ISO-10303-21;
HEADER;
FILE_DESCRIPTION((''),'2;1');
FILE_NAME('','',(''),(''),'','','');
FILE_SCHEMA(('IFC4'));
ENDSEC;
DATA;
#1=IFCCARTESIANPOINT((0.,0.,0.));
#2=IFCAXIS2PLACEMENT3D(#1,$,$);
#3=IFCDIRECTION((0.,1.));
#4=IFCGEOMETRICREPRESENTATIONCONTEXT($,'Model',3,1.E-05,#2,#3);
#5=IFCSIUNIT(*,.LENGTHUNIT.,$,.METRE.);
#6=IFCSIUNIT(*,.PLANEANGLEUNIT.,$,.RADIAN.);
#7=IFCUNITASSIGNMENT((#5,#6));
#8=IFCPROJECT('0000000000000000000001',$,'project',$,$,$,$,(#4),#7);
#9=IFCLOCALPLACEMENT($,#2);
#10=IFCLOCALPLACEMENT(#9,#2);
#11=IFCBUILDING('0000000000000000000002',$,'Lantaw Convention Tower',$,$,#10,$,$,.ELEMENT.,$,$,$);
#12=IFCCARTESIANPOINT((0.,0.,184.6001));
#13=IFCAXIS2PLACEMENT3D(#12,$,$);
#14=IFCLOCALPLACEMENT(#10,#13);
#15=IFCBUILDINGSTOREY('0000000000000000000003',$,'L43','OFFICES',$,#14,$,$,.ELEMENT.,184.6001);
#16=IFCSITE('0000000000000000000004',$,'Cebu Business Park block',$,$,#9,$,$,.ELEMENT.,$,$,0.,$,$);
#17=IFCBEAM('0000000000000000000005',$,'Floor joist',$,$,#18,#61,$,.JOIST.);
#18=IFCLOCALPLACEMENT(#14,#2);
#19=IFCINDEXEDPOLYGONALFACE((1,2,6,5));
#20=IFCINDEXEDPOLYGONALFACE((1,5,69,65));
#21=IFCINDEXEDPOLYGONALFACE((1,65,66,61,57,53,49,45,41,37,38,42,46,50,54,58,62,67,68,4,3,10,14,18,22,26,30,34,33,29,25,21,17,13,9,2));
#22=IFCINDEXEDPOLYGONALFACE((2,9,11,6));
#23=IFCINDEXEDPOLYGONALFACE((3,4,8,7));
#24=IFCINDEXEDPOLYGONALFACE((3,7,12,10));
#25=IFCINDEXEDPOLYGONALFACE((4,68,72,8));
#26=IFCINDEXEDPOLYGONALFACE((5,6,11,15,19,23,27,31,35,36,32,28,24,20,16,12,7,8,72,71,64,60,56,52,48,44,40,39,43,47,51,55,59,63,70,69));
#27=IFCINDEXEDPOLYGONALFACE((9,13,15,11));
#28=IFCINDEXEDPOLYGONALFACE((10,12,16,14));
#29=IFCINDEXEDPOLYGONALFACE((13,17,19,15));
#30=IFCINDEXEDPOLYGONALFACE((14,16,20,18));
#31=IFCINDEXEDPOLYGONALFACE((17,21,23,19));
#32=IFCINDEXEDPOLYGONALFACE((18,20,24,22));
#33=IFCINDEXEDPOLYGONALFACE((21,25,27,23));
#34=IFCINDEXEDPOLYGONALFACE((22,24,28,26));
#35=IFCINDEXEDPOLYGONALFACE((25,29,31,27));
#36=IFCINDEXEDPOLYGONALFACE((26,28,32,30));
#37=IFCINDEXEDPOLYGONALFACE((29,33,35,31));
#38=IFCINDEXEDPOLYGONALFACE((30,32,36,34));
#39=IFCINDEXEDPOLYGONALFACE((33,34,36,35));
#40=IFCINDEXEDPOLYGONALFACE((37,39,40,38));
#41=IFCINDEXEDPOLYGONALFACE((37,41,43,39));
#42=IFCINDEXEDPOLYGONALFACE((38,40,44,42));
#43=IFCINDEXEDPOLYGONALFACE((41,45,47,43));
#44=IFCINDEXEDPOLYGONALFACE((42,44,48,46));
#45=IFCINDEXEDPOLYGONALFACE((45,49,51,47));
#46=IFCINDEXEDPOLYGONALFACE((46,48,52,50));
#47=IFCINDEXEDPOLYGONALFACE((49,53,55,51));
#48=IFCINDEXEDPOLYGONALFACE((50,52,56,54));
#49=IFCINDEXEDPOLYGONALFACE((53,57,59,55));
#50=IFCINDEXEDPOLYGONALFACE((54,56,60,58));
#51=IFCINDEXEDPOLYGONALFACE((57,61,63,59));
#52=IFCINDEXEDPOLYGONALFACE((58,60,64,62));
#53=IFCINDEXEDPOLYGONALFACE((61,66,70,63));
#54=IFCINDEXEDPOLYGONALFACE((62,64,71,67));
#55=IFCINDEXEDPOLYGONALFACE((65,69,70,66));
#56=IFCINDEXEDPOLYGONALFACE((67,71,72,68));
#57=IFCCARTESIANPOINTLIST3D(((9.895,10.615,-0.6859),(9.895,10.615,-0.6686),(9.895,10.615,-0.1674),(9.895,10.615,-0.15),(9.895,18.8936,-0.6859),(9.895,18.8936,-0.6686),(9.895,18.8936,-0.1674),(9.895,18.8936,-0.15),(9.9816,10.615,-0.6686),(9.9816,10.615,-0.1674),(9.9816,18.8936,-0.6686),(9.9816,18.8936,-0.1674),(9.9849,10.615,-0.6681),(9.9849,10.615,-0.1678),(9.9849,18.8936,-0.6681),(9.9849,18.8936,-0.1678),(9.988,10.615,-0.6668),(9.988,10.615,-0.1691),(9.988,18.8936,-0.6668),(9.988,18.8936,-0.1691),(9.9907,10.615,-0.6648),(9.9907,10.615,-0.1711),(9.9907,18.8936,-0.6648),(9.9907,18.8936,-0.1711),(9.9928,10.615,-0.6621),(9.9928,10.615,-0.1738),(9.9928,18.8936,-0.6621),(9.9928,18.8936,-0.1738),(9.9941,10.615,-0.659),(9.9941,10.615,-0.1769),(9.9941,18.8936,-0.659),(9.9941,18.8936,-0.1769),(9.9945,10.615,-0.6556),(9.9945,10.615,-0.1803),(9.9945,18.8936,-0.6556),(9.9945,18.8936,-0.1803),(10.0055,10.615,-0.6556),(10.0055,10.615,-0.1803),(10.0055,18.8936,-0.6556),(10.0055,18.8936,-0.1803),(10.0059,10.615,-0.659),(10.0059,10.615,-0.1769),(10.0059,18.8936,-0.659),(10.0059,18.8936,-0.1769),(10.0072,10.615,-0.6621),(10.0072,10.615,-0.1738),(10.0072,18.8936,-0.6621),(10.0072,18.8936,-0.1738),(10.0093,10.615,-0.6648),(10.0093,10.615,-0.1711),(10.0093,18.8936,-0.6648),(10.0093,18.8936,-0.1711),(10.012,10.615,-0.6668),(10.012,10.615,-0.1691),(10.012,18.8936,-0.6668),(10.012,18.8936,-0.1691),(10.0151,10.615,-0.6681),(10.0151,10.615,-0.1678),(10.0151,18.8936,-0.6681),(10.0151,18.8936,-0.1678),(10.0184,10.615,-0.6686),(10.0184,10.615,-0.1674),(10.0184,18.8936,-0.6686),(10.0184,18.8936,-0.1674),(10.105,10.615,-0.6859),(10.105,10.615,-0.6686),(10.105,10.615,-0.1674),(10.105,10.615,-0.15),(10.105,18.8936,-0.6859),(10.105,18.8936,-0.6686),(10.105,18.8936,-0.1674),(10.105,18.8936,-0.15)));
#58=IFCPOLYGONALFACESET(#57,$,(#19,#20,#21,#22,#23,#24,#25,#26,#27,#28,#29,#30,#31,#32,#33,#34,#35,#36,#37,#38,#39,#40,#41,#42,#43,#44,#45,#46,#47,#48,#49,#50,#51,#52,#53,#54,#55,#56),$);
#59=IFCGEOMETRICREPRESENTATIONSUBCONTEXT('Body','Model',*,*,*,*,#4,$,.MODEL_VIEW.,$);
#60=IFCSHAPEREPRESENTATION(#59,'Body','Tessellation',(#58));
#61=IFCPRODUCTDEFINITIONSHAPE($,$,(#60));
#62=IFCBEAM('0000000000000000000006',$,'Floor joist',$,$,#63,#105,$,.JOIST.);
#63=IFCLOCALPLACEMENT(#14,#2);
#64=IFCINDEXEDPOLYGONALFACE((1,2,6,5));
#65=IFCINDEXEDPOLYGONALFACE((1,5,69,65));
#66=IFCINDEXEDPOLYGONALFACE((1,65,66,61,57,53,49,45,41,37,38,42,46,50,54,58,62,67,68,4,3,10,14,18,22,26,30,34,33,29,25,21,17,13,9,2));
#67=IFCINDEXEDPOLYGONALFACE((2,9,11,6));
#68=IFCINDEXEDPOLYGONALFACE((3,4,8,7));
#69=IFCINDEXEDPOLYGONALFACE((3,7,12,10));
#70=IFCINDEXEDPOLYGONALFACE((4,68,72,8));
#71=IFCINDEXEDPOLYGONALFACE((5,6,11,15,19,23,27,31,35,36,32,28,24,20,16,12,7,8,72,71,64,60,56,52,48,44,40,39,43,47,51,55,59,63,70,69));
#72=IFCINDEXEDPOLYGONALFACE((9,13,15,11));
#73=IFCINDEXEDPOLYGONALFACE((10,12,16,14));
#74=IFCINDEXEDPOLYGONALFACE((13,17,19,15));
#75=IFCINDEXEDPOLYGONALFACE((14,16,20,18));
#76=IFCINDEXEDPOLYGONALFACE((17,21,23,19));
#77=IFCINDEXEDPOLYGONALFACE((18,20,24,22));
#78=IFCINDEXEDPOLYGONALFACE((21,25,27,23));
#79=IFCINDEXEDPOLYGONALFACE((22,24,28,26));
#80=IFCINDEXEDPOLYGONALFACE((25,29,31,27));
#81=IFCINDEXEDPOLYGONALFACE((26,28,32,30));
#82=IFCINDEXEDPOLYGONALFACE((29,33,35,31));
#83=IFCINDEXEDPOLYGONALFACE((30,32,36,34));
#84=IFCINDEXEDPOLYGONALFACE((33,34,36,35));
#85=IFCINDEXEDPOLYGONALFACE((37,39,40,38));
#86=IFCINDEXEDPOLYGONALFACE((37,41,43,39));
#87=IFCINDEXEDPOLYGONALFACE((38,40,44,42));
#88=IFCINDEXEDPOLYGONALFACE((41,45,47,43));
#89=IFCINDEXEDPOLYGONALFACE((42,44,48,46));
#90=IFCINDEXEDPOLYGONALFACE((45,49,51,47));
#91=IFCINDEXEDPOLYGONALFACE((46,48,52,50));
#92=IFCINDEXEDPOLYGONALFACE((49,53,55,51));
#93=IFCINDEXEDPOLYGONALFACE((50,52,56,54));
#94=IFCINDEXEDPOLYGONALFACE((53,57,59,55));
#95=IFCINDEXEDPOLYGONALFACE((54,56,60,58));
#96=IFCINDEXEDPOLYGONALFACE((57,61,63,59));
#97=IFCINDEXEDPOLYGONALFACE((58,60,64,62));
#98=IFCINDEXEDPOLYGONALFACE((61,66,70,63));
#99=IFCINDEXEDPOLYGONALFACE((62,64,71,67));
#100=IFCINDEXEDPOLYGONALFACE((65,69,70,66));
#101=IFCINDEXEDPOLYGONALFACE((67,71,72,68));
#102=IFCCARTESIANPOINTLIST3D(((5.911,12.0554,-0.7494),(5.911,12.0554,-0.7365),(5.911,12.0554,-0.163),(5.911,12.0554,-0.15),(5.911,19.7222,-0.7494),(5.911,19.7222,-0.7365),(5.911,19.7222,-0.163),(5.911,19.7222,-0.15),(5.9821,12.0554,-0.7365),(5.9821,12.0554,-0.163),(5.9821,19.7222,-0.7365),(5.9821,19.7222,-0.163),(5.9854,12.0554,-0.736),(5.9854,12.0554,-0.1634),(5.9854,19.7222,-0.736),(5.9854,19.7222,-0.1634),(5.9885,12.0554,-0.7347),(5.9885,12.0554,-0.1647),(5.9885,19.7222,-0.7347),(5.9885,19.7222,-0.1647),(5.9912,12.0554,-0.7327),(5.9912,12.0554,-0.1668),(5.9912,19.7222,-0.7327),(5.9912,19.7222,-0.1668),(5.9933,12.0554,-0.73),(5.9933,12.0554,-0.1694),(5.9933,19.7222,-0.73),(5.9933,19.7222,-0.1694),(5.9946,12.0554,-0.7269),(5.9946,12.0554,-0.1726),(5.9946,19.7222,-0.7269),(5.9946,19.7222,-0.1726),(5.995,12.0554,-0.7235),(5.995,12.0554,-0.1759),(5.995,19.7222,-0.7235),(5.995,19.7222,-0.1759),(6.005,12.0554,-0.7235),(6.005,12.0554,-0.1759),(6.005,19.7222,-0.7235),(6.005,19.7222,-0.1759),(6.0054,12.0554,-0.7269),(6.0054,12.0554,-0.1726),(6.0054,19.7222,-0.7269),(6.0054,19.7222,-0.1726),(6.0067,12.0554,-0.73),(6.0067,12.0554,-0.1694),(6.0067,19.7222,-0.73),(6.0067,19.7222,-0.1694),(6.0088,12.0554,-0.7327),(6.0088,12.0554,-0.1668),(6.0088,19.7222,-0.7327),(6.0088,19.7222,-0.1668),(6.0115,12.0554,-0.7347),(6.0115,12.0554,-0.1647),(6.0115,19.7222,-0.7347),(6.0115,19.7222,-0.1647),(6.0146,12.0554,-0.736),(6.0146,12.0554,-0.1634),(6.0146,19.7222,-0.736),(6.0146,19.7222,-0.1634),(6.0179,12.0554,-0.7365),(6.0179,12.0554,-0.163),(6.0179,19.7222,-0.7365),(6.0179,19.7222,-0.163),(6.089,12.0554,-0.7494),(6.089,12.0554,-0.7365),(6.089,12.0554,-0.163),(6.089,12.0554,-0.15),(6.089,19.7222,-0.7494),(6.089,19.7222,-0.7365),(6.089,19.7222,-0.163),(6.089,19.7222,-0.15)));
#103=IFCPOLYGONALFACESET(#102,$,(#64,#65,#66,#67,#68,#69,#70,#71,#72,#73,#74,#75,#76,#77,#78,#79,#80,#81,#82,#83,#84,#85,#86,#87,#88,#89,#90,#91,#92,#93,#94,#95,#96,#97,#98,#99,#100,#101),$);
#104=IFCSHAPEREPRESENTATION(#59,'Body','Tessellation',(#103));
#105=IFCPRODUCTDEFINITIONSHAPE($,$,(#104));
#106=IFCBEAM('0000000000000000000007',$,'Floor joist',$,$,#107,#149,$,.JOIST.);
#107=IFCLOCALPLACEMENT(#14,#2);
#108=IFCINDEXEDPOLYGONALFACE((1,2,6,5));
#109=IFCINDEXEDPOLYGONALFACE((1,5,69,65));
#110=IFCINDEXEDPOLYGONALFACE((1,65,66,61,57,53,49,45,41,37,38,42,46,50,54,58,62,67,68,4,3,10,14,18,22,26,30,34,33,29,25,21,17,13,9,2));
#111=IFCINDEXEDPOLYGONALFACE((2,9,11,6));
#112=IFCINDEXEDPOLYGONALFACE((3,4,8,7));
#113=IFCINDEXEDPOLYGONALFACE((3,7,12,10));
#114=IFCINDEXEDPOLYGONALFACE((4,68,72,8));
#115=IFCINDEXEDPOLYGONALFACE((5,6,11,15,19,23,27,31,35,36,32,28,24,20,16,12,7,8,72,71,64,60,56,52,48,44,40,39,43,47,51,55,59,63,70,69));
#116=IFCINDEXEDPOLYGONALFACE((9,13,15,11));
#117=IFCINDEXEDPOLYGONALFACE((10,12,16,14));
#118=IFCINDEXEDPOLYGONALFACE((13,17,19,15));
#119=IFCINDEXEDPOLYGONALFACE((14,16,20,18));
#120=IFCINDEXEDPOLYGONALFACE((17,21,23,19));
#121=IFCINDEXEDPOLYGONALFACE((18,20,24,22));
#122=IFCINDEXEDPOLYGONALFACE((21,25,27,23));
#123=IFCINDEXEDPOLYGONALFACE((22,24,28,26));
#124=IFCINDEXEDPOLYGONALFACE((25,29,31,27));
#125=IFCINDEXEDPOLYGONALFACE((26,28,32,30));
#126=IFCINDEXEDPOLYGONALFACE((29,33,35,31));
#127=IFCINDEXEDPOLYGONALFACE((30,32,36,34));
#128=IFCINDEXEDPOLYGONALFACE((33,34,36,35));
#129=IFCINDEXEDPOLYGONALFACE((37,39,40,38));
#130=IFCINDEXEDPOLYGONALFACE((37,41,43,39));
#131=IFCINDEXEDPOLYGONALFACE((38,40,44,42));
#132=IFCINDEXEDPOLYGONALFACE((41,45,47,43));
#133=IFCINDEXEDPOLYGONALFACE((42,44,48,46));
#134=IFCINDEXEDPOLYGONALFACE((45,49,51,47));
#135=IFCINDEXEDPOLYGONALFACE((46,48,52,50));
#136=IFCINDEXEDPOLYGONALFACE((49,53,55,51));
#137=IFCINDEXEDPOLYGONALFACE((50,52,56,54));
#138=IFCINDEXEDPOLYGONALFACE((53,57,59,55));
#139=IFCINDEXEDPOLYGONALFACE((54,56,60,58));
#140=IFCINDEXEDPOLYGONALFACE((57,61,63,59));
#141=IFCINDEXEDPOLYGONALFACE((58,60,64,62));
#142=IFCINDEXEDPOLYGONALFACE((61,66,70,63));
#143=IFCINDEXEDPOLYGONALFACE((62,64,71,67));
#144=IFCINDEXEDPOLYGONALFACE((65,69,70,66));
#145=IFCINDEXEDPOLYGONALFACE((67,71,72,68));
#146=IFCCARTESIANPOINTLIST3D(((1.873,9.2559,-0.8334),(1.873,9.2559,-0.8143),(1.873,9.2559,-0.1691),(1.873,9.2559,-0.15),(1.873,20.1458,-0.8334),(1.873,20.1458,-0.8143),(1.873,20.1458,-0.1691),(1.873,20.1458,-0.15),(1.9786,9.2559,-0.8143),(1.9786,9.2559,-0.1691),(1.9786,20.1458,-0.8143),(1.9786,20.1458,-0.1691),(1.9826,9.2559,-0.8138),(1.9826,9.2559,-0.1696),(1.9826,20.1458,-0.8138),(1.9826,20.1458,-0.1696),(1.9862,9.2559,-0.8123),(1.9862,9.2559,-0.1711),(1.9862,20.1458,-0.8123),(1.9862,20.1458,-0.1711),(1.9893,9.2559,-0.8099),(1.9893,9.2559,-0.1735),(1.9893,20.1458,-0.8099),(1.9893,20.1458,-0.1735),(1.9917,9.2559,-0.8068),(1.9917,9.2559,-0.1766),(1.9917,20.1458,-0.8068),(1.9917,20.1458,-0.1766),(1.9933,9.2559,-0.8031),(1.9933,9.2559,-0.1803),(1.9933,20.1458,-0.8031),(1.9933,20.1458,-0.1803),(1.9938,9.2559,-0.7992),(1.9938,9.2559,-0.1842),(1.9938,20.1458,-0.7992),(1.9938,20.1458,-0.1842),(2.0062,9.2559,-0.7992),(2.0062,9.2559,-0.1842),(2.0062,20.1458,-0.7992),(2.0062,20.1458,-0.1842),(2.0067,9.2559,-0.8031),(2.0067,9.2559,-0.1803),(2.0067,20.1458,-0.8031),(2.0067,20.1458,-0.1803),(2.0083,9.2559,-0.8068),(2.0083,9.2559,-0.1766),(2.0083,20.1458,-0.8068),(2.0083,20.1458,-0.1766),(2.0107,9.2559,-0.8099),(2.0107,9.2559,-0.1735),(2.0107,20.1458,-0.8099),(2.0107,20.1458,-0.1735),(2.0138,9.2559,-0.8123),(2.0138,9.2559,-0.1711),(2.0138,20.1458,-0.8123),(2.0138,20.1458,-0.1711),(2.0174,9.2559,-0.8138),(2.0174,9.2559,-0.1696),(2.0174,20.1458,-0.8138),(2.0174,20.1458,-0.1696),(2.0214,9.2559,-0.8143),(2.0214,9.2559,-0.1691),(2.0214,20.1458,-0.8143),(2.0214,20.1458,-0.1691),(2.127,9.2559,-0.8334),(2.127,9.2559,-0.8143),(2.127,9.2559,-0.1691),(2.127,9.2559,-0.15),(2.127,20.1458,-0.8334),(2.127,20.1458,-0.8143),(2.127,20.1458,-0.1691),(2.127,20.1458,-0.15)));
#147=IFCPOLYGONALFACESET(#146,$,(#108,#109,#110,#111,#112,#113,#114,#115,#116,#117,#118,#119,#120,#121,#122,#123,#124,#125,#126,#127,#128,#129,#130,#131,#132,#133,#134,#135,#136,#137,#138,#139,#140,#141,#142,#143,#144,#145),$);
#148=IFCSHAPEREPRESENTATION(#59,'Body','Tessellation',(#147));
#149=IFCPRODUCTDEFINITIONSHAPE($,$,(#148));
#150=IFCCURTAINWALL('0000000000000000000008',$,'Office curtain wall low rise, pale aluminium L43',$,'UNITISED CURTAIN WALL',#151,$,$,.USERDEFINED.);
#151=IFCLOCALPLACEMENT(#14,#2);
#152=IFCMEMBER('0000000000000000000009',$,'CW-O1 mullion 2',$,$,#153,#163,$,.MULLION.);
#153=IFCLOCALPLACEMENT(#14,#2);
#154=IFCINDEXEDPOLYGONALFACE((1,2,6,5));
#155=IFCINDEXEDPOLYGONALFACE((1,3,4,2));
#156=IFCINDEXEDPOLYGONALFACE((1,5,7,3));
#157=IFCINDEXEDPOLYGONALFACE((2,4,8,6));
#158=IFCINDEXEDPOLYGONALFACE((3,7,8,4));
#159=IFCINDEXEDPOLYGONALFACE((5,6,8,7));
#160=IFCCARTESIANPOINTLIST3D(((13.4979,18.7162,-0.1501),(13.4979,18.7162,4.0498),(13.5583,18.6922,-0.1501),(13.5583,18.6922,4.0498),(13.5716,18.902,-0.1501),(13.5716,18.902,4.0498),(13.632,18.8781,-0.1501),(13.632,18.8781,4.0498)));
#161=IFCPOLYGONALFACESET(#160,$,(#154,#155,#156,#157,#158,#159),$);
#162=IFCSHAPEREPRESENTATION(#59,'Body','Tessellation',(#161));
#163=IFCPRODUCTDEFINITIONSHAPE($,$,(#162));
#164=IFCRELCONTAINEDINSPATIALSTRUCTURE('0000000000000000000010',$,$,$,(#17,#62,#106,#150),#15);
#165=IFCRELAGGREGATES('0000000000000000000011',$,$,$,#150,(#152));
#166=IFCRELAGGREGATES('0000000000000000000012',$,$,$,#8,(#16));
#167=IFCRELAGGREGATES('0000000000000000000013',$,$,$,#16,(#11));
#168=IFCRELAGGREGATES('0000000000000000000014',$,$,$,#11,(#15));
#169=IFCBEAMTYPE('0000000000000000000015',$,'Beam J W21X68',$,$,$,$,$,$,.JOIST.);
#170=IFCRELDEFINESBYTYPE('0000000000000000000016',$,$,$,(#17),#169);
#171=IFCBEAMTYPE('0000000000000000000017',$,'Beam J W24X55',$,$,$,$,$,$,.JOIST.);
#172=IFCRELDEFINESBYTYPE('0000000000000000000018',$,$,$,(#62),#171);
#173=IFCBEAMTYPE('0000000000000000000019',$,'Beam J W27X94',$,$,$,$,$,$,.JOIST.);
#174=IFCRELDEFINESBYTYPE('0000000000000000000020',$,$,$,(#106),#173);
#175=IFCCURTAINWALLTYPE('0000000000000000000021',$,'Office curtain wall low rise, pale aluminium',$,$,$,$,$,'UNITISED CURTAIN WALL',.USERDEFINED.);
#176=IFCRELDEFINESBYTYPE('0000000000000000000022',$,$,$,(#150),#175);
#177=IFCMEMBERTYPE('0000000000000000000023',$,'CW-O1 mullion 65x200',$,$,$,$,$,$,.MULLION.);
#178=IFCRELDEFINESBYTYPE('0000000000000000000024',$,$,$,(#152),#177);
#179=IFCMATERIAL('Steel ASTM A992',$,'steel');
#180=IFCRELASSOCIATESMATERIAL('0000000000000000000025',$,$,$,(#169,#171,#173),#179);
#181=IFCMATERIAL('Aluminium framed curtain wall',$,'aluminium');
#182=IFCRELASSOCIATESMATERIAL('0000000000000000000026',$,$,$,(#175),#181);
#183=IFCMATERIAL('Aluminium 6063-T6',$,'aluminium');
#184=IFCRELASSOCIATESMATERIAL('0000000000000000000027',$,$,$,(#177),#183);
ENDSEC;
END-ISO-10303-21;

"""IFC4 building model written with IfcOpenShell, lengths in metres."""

from ifc_helpers import new_model, si_unit, direction, frame, origin, origin_2d, place, context, subcontext, project, spatial, rectangle, i_section, extrude, material, material_profile, profile_set, type_object, element, aggregate, save


model = new_model("IFC4")

# Units and contexts
model_context = context("Model", 3, precision=1e-05, world=origin(), true_north=direction((0.0, 1.0)))
body_context = subcontext(model_context, "Body", "Model", "MODEL_VIEW")
ifc_project = project(units=[si_unit("LENGTHUNIT", "METRE"), si_unit("PLANEANGLEUNIT", "RADIAN")], contexts=[model_context])

# Site, building, storey
site_placement = place(None, origin())
site = spatial("IfcSite", under=ifc_project, at=site_placement, Name="Cebu Business Park block", CompositionType="ELEMENT", RefElevation=0.0)
building_placement = place(site_placement, origin())
building = spatial("IfcBuilding", under=site, at=building_placement, Name="Lantaw Convention Tower", CompositionType="ELEMENT")
storey_placement = place(building_placement, frame((0.0, 0.0, 184.6001)))
storey = spatial("IfcBuildingStorey", under=building, at=storey_placement, Name="L43", Description="OFFICES", CompositionType="ELEMENT", Elevation=184.6001)

# Beams
ifc_material_1 = material(Name="Steel ASTM A992", Category="steel")
ifc_material_profile_1 = material_profile(ifc_material_1, i_section(OverallWidth=0.21, OverallDepth=0.5359, WebThickness=0.011, FlangeThickness=0.0173, FilletRadius=0.0129, at=origin_2d()), Name="W21X68")
ifc_profile_set_1 = profile_set([ifc_material_profile_1], Name="Steel ASTM A992")
beam_type_1 = type_object("IfcBeamType", Name="Beam J W21X68", PredefinedType="JOIST", material=ifc_profile_set_1)
beam_1_placement = place(storey_placement, frame((10.0, 10.615, -0.418), z_axis=(0.0, 1.0, 0.0), x_axis=(-1.0, 0.0, 0.0)))
element("IfcBeam", 1, at=beam_1_placement, inside=storey, type_object=beam_type_1, Name="Floor joist", PredefinedType="JOIST", context=body_context, shape_type="SweptSolid", body=[
    extrude(i_section(OverallWidth=0.21, OverallDepth=0.5359, WebThickness=0.011, FlangeThickness=0.0173, FilletRadius=0.0129, at=origin_2d()), origin(), (0.0, 0.0, 1.0), 8.2786),
])
ifc_material_profile_2 = material_profile(ifc_material_1, i_section(OverallWidth=0.178, OverallDepth=0.5994, WebThickness=0.01, FlangeThickness=0.0129, FilletRadius=0.0129, at=origin_2d()), Name="W24X55")
ifc_profile_set_2 = profile_set([ifc_material_profile_2], Name="Steel ASTM A992")
beam_type_2 = type_object("IfcBeamType", Name="Beam J W24X55", PredefinedType="JOIST", material=ifc_profile_set_2)
beam_2_placement = place(storey_placement, frame((6.0, 12.0554, -0.4497), z_axis=(0.0, 1.0, 0.0), x_axis=(-1.0, 0.0, 0.0)))
element("IfcBeam", 2, at=beam_2_placement, inside=storey, type_object=beam_type_2, Name="Floor joist", PredefinedType="JOIST", context=body_context, shape_type="SweptSolid", body=[
    extrude(i_section(OverallWidth=0.178, OverallDepth=0.5994, WebThickness=0.01, FlangeThickness=0.0129, FilletRadius=0.0129, at=origin_2d()), origin(), (0.0, 0.0, 1.0), 7.6667),
])
ifc_material_profile_3 = material_profile(ifc_material_1, i_section(OverallWidth=0.2539, OverallDepth=0.6833, WebThickness=0.0125, FlangeThickness=0.019, FilletRadius=0.0151, at=origin_2d()), Name="W27X94")
ifc_profile_set_3 = profile_set([ifc_material_profile_3], Name="Steel ASTM A992")
beam_type_3 = type_object("IfcBeamType", Name="Beam J W27X94", PredefinedType="JOIST", material=ifc_profile_set_3)
beam_3_placement = place(storey_placement, frame((2.0, 9.2559, -0.4917), z_axis=(0.0, 1.0, 0.0), x_axis=(-1.0, 0.0, 0.0)))
element("IfcBeam", 3, at=beam_3_placement, inside=storey, type_object=beam_type_3, Name="Floor joist", PredefinedType="JOIST", context=body_context, shape_type="SweptSolid", body=[
    extrude(i_section(OverallWidth=0.2539, OverallDepth=0.6833, WebThickness=0.0125, FlangeThickness=0.019, FilletRadius=0.0151, at=origin_2d()), origin(), (0.0, 0.0, 1.0), 10.8899),
])

# Curtain wall, member
ifc_material_2 = material(Name="Aluminium framed curtain wall", Category="aluminium")
curtain_wall_type = type_object("IfcCurtainWallType", Name="Office curtain wall low rise, pale aluminium", ElementType="UNITISED CURTAIN WALL", PredefinedType="USERDEFINED", material=ifc_material_2)
curtain_wall_placement = place(storey_placement, origin())
curtain_wall = element("IfcCurtainWall", 4, at=curtain_wall_placement, inside=storey, type_object=curtain_wall_type, Name="Office curtain wall low rise, pale aluminium L43", ObjectType="UNITISED CURTAIN WALL", PredefinedType="USERDEFINED")
ifc_material_3 = material(Name="Aluminium 6063-T6", Category="aluminium")
ifc_material_profile_4 = material_profile(ifc_material_3, rectangle(XDim=0.2, YDim=0.0649, at=origin_2d()), Name="CW-O1 mullion 65x200")
ifc_profile_set_4 = profile_set([ifc_material_profile_4], Name="Aluminium 6063-T6")
member_type = type_object("IfcMemberType", Name="CW-O1 mullion 65x200", PredefinedType="MULLION", material=ifc_profile_set_4)
member_placement = place(storey_placement, frame((13.5649, 18.7971, -0.1501), z_axis=(0.0, 0.0, 1.0), x_axis=(-0.368702, -0.929548, 0.0)))
member = element("IfcMember", 5, at=member_placement, type_object=member_type, Name="CW-O1 mullion 2", PredefinedType="MULLION", context=body_context, shape_type="SweptSolid", body=[
    extrude(rectangle(XDim=0.2, YDim=0.0649, at=origin_2d()), origin(), (0.0, 0.0, 1.0), 4.2),
])
aggregate(curtain_wall, [member])

save(model, "model.ifc")
